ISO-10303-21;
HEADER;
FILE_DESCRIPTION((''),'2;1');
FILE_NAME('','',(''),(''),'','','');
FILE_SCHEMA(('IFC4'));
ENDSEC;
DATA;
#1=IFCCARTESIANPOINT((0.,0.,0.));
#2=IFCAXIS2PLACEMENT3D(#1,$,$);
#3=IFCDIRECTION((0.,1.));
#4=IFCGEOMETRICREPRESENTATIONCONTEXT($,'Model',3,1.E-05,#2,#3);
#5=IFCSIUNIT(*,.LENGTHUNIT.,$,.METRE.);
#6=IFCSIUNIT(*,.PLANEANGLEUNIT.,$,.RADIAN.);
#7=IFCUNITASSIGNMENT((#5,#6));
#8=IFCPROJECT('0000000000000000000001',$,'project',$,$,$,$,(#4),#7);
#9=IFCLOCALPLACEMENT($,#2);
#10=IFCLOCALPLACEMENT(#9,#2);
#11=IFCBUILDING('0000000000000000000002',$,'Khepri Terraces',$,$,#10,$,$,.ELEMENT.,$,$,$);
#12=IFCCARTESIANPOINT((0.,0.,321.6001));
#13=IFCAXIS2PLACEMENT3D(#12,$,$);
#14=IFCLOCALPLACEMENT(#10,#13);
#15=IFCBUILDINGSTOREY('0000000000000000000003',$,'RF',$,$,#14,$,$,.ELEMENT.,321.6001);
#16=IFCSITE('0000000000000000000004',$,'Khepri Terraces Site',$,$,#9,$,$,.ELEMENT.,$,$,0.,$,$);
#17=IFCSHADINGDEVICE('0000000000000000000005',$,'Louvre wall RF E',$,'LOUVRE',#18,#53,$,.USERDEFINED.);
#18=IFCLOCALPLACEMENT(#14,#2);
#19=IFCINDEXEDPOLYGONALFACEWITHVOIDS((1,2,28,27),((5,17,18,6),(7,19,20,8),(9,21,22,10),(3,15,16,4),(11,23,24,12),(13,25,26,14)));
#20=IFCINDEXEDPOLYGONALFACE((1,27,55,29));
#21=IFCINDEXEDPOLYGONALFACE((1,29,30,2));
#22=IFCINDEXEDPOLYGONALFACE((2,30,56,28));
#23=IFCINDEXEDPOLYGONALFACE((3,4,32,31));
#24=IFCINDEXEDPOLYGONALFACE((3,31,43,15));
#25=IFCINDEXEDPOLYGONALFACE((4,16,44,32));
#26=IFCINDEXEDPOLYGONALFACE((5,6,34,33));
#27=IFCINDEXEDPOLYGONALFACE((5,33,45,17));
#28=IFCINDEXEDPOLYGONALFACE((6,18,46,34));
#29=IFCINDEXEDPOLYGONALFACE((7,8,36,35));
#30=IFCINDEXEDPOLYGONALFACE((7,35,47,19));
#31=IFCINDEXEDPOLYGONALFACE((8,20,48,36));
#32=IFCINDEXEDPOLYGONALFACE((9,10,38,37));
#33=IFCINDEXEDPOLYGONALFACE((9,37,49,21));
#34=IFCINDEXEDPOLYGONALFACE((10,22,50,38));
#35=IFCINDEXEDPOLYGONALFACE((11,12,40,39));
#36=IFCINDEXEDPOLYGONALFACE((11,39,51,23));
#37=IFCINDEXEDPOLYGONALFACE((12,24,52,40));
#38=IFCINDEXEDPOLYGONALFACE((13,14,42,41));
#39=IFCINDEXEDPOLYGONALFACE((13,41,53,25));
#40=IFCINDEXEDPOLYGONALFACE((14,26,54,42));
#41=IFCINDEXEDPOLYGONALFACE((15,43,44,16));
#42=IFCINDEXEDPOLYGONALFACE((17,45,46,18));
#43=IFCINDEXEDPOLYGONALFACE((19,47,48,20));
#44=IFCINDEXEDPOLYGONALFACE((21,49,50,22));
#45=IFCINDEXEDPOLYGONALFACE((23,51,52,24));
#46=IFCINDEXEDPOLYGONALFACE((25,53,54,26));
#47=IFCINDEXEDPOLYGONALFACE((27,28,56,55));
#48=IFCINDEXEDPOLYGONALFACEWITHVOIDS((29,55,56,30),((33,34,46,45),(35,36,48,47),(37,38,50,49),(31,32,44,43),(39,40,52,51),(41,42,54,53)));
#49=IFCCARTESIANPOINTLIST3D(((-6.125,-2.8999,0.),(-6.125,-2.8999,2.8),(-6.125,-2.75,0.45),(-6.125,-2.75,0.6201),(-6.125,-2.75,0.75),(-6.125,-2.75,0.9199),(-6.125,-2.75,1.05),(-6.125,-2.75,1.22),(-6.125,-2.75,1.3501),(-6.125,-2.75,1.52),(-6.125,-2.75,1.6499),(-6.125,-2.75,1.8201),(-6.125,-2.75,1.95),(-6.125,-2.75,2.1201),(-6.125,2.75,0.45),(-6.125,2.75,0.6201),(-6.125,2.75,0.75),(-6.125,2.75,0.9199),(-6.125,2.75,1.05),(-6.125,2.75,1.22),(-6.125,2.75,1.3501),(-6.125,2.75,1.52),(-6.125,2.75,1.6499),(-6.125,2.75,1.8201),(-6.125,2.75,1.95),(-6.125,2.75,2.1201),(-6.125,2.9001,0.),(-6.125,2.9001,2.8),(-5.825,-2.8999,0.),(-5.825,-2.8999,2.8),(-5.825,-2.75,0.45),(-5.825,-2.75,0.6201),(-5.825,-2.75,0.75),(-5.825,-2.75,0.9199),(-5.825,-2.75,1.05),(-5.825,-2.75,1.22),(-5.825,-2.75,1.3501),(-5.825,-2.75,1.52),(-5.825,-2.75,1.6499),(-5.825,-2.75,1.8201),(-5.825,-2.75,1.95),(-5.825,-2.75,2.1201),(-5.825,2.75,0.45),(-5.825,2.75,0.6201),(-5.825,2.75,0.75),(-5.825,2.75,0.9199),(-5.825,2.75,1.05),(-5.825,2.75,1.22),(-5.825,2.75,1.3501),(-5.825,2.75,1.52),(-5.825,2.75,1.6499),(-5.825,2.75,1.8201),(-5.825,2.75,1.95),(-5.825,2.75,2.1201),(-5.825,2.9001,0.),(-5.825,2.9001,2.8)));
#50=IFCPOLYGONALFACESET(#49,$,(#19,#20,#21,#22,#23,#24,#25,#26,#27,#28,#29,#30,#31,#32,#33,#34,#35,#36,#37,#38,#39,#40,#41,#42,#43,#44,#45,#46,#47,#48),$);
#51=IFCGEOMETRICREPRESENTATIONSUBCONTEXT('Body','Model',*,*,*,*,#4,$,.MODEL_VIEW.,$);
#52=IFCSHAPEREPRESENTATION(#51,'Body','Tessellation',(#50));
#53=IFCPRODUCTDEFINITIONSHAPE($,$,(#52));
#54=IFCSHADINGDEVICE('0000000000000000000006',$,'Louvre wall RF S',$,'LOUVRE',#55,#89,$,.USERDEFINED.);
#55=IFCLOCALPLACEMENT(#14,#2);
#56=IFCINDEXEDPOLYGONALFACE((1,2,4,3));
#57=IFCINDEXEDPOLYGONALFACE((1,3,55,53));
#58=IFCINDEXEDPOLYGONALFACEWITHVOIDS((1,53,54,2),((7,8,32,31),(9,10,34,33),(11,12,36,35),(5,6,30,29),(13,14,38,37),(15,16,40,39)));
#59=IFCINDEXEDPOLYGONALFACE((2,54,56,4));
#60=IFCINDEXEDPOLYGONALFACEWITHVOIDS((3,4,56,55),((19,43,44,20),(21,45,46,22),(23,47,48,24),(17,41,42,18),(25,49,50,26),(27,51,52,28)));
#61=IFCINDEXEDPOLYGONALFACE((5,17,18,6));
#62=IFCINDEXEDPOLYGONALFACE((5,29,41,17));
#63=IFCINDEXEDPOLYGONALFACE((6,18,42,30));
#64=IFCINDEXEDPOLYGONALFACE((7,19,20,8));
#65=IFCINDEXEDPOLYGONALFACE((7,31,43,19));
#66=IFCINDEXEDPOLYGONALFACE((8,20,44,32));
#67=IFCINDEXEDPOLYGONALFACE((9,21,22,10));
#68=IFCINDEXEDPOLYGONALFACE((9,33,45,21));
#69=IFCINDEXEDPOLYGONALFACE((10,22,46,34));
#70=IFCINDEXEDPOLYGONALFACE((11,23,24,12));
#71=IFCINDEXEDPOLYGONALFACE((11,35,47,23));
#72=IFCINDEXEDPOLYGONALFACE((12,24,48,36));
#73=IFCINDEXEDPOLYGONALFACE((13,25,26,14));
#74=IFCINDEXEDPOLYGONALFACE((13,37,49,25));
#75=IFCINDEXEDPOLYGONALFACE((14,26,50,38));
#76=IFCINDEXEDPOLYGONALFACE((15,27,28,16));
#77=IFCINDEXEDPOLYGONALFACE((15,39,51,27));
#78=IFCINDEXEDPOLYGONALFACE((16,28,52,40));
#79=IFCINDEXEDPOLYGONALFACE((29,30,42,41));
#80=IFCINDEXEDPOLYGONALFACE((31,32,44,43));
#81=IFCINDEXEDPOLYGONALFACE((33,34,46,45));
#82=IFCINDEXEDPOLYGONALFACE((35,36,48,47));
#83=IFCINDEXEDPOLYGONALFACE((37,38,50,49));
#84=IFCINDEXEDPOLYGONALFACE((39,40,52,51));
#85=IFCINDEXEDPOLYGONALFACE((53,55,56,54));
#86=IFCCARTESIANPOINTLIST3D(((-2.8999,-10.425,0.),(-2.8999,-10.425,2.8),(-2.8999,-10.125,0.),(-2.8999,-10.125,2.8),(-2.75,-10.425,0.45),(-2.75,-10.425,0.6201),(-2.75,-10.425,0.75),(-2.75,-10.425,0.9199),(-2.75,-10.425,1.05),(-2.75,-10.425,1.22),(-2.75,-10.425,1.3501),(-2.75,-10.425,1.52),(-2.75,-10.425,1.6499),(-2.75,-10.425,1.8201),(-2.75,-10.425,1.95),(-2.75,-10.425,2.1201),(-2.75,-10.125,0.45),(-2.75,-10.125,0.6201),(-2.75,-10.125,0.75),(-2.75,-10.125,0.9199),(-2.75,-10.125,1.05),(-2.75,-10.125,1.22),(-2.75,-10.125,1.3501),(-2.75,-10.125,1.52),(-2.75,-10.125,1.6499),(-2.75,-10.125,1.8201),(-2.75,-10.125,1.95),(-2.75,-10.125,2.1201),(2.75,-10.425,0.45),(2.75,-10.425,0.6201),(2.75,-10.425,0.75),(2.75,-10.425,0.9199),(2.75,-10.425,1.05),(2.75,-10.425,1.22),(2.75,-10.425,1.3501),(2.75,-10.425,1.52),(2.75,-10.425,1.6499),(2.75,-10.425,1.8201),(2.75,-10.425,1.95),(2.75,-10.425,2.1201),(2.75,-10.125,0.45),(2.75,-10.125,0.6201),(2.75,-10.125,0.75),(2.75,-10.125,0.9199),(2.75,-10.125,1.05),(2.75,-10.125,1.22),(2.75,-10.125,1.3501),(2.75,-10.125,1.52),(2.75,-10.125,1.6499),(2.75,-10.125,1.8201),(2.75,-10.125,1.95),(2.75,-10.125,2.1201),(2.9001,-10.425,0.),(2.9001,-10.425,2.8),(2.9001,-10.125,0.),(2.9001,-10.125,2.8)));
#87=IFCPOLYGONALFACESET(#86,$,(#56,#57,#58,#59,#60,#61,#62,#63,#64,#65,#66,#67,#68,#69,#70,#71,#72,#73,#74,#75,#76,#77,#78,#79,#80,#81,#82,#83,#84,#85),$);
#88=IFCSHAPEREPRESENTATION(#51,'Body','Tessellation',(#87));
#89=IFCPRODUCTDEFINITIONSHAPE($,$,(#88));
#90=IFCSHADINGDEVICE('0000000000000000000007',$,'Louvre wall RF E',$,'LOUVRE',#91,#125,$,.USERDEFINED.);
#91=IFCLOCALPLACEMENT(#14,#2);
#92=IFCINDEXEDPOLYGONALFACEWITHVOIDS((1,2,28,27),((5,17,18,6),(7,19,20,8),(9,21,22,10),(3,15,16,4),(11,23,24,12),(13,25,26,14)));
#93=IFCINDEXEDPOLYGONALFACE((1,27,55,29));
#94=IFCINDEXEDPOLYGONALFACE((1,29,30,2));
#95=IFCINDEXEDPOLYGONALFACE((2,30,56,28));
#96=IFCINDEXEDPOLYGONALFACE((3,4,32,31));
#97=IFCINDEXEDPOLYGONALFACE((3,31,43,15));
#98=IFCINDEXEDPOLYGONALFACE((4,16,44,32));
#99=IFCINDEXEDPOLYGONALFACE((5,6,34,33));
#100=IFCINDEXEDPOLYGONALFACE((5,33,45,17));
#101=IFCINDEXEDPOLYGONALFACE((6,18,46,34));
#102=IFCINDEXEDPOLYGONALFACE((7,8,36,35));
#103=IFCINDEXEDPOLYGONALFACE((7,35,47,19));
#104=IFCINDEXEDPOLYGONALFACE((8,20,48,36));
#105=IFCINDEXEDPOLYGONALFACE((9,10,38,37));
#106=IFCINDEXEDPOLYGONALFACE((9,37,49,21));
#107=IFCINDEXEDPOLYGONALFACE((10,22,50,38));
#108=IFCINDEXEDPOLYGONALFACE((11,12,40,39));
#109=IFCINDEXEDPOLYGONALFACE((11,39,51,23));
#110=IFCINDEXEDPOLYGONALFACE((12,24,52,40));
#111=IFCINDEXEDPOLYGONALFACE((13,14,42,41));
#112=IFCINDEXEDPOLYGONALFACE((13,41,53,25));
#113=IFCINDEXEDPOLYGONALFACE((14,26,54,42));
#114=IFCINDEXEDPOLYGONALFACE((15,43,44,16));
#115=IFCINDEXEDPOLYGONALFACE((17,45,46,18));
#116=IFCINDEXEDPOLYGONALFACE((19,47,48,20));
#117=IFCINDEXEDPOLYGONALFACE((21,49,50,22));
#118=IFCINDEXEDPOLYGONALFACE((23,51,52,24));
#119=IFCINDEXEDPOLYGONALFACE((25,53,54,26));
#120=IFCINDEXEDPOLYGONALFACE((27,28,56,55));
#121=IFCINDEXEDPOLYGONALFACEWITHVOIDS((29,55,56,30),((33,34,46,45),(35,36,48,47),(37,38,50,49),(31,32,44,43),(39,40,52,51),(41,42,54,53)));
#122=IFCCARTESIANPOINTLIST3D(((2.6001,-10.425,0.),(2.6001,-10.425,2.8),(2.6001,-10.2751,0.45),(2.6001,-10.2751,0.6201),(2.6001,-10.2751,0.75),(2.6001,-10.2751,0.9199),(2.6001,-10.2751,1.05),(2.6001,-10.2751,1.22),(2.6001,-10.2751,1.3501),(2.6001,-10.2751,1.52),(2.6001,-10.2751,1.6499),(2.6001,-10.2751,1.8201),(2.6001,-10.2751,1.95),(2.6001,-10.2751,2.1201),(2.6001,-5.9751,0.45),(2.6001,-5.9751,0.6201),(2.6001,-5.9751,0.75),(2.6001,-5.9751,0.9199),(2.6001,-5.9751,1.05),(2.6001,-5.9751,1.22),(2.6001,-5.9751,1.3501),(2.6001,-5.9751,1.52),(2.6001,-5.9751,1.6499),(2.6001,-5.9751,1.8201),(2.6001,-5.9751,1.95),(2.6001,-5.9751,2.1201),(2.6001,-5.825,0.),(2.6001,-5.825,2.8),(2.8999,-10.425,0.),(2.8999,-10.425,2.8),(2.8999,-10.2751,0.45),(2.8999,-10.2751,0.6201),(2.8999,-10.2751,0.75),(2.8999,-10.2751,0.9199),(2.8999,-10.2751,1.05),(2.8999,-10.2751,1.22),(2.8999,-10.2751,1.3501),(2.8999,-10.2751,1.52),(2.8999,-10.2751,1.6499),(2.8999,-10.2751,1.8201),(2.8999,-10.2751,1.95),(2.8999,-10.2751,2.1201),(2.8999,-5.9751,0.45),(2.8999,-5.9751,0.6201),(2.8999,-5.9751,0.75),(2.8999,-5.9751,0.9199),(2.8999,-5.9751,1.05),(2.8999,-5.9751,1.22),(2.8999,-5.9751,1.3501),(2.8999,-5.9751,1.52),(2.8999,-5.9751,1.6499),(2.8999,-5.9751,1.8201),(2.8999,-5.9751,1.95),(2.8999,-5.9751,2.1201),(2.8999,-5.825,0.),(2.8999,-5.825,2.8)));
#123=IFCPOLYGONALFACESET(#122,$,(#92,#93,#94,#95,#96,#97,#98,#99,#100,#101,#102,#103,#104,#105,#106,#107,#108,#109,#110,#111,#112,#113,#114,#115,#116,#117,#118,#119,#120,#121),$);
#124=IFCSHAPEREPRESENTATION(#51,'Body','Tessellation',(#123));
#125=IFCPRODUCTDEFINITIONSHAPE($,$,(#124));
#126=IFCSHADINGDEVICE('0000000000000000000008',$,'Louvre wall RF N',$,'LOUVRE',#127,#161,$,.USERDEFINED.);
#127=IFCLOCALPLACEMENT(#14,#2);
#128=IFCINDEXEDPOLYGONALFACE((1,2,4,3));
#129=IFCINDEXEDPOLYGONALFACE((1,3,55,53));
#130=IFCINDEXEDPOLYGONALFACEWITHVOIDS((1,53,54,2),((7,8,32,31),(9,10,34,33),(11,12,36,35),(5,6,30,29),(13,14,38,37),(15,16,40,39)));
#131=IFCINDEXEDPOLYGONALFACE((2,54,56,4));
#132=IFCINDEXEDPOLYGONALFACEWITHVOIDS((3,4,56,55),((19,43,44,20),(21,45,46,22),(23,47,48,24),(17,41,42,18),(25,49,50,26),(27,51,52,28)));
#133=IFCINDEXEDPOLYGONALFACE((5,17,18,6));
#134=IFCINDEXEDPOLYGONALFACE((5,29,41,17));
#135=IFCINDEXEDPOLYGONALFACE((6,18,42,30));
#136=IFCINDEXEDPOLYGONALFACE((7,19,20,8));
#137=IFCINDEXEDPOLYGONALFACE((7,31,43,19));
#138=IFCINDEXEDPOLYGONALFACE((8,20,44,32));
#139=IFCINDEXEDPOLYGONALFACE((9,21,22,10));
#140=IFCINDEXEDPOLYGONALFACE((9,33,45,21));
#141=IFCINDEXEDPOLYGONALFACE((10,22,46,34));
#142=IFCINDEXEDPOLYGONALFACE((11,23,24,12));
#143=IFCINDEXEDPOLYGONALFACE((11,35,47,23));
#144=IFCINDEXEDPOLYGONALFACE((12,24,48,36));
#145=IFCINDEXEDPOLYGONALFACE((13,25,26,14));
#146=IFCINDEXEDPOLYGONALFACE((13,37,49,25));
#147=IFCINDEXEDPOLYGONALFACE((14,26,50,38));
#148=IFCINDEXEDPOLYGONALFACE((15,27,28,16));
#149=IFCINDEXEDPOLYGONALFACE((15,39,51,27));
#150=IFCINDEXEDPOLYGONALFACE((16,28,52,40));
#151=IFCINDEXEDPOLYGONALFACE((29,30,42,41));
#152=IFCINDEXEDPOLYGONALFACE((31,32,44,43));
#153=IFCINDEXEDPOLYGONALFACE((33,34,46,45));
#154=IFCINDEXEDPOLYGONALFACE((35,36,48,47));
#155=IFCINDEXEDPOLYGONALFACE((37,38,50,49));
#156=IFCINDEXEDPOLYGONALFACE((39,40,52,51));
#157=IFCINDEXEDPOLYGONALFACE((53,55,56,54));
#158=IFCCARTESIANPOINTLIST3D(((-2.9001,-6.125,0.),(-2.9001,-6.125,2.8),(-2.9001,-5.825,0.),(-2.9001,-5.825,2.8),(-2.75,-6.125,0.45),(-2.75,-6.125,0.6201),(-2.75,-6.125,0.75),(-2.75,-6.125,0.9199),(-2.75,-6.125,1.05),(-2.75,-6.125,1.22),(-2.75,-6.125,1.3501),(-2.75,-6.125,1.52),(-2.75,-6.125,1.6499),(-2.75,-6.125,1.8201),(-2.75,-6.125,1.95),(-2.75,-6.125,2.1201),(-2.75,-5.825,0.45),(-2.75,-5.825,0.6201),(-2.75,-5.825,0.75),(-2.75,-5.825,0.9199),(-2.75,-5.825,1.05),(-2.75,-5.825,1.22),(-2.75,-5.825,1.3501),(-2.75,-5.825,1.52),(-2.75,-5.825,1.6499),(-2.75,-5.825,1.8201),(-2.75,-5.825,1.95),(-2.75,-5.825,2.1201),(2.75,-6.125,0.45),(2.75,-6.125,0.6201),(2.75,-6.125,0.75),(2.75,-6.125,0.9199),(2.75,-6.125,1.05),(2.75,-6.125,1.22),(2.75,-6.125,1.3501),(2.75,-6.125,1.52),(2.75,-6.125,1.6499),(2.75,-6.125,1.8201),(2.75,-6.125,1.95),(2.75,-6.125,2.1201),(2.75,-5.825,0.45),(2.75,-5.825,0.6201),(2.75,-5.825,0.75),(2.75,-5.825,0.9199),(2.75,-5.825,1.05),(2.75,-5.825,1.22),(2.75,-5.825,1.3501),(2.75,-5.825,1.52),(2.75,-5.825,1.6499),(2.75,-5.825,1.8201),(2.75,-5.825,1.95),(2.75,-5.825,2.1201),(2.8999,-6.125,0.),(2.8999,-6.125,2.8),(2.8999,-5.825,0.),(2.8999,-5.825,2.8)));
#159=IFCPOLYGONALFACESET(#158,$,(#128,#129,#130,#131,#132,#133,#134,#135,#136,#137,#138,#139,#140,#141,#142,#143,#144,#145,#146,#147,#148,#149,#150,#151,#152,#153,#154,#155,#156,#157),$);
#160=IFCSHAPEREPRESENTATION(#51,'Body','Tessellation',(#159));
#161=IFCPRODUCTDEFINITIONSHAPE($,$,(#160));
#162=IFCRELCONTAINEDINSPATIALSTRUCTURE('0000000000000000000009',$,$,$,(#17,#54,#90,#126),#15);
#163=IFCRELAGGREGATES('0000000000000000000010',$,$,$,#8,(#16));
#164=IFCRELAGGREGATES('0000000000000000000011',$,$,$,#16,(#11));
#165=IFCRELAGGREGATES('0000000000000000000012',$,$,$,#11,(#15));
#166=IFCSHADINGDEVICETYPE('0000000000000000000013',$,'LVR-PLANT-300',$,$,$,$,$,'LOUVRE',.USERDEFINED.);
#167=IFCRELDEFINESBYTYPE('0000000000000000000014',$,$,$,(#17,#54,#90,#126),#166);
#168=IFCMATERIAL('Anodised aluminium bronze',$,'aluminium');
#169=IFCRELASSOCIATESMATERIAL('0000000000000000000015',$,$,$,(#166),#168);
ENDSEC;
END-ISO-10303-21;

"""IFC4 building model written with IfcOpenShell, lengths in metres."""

from ifc_helpers import new_model, si_unit, direction, frame, origin, place, context, subcontext, project, spatial, polyline, outline, extrude, material, type_object, element, save


model = new_model("IFC4")

# Units and contexts
model_context = context("Model", 3, precision=1e-05, world=origin(), true_north=direction((0.0, 1.0)))
body_context = subcontext(model_context, "Body", "Model", "MODEL_VIEW")
ifc_project = project(units=[si_unit("LENGTHUNIT", "METRE"), si_unit("PLANEANGLEUNIT", "RADIAN")], contexts=[model_context])

# Site, building, storey
site_placement = place(None, origin())
site = spatial("IfcSite", under=ifc_project, at=site_placement, Name="Khepri Terraces Site", CompositionType="ELEMENT", RefElevation=0.0)
building_placement = place(site_placement, origin())
building = spatial("IfcBuilding", under=site, at=building_placement, Name="Khepri Terraces", CompositionType="ELEMENT")
storey_placement = place(building_placement, frame((0.0, 0.0, 321.6001)))
storey = spatial("IfcBuildingStorey", under=building, at=storey_placement, Name="RF", CompositionType="ELEMENT", Elevation=321.6001)

# Shading devices
ifc_material_1 = material(Name="Anodised aluminium bronze", Category="aluminium")
shading_device_type = type_object("IfcShadingDeviceType", Name="LVR-PLANT-300", ElementType="LOUVRE", PredefinedType="USERDEFINED", material=ifc_material_1)
for number, where, z_axis, x_axis, name in (
    (1, (-6.125, -2.8999, 0.0), (1.0, 0.0, 0.0), (0.0, 1.0, 0.0), "Louvre wall RF E"),
    (2, (-2.8999, -10.125, 0.0), (0.0, -1.0, 0.0), (1.0, 0.0, 0.0), "Louvre wall RF S"),
):
    element("IfcShadingDevice", number, at=place(storey_placement, frame(where, z_axis=z_axis, x_axis=x_axis)), inside=storey, type_object=shading_device_type, Name=name, ObjectType="LOUVRE", PredefinedType="USERDEFINED", context=body_context, shape_type="SweptSolid", body=[
        extrude(outline(polyline([(0.0, 0.0), (5.8, 0.0), (5.8, 2.8), (0.0, 2.8), (0.0, 0.0)]), holes=[polyline([(0.1499, 0.45), (5.6499, 0.45), (5.6499, 0.6201), (0.1499, 0.6201), (0.1499, 0.45)]), polyline([(0.1499, 0.75), (5.6499, 0.75), (5.6499, 0.9199), (0.1499, 0.9199), (0.1499, 0.75)]), polyline([(0.1499, 1.05), (5.6499, 1.05), (5.6499, 1.22), (0.1499, 1.22), (0.1499, 1.05)]), polyline([(0.1499, 1.3501), (5.6499, 1.3501), (5.6499, 1.52), (0.1499, 1.52), (0.1499, 1.3501)]), polyline([(0.1499, 1.6499), (5.6499, 1.6499), (5.6499, 1.8201), (0.1499, 1.8201), (0.1499, 1.6499)]), polyline([(0.1499, 1.95), (5.6499, 1.95), (5.6499, 2.1201), (0.1499, 2.1201), (0.1499, 1.95)])]), origin(), (0.0, 0.0, 1.0), 0.3),
    ])
shading_device_1_placement = place(storey_placement, frame((2.6001, -10.425, 0.0), z_axis=(1.0, 0.0, 0.0), x_axis=(0.0, 1.0, 0.0)))
element("IfcShadingDevice", 3, at=shading_device_1_placement, inside=storey, type_object=shading_device_type, Name="Louvre wall RF E", ObjectType="LOUVRE", PredefinedType="USERDEFINED", context=body_context, shape_type="SweptSolid", body=[
    extrude(outline(polyline([(0.0, 0.0), (4.6001, 0.0), (4.6001, 2.8), (0.0, 2.8), (0.0, 0.0)]), holes=[polyline([(0.1499, 0.45), (4.45, 0.45), (4.45, 0.6201), (0.1499, 0.6201), (0.1499, 0.45)]), polyline([(0.1499, 0.75), (4.45, 0.75), (4.45, 0.9199), (0.1499, 0.9199), (0.1499, 0.75)]), polyline([(0.1499, 1.05), (4.45, 1.05), (4.45, 1.22), (0.1499, 1.22), (0.1499, 1.05)]), polyline([(0.1499, 1.3501), (4.45, 1.3501), (4.45, 1.52), (0.1499, 1.52), (0.1499, 1.3501)]), polyline([(0.1499, 1.6499), (4.45, 1.6499), (4.45, 1.8201), (0.1499, 1.8201), (0.1499, 1.6499)]), polyline([(0.1499, 1.95), (4.45, 1.95), (4.45, 2.1201), (0.1499, 2.1201), (0.1499, 1.95)])]), origin(), (0.0, 0.0, 1.0), 0.2998),
])
shading_device_2_placement = place(storey_placement, frame((2.8999, -6.125, 0.0), z_axis=(0.0, 1.0, 0.0), x_axis=(-1.0, 0.0, 0.0)))
element("IfcShadingDevice", 4, at=shading_device_2_placement, inside=storey, type_object=shading_device_type, Name="Louvre wall RF N", ObjectType="LOUVRE", PredefinedType="USERDEFINED", context=body_context, shape_type="SweptSolid", body=[
    extrude(outline(polyline([(0.0, 0.0), (5.8, 0.0), (5.8, 2.8), (0.0, 2.8), (0.0, 0.0)]), holes=[polyline([(0.1499, 0.45), (5.6499, 0.45), (5.6499, 0.6201), (0.1499, 0.6201), (0.1499, 0.45)]), polyline([(0.1499, 0.75), (5.6499, 0.75), (5.6499, 0.9199), (0.1499, 0.9199), (0.1499, 0.75)]), polyline([(0.1499, 1.05), (5.6499, 1.05), (5.6499, 1.22), (0.1499, 1.22), (0.1499, 1.05)]), polyline([(0.1499, 1.3501), (5.6499, 1.3501), (5.6499, 1.52), (0.1499, 1.52), (0.1499, 1.3501)]), polyline([(0.1499, 1.6499), (5.6499, 1.6499), (5.6499, 1.8201), (0.1499, 1.8201), (0.1499, 1.6499)]), polyline([(0.1499, 1.95), (5.6499, 1.95), (5.6499, 2.1201), (0.1499, 2.1201), (0.1499, 1.95)])]), origin(), (0.0, 0.0, 1.0), 0.3),
])

save(model, "model.ifc")
